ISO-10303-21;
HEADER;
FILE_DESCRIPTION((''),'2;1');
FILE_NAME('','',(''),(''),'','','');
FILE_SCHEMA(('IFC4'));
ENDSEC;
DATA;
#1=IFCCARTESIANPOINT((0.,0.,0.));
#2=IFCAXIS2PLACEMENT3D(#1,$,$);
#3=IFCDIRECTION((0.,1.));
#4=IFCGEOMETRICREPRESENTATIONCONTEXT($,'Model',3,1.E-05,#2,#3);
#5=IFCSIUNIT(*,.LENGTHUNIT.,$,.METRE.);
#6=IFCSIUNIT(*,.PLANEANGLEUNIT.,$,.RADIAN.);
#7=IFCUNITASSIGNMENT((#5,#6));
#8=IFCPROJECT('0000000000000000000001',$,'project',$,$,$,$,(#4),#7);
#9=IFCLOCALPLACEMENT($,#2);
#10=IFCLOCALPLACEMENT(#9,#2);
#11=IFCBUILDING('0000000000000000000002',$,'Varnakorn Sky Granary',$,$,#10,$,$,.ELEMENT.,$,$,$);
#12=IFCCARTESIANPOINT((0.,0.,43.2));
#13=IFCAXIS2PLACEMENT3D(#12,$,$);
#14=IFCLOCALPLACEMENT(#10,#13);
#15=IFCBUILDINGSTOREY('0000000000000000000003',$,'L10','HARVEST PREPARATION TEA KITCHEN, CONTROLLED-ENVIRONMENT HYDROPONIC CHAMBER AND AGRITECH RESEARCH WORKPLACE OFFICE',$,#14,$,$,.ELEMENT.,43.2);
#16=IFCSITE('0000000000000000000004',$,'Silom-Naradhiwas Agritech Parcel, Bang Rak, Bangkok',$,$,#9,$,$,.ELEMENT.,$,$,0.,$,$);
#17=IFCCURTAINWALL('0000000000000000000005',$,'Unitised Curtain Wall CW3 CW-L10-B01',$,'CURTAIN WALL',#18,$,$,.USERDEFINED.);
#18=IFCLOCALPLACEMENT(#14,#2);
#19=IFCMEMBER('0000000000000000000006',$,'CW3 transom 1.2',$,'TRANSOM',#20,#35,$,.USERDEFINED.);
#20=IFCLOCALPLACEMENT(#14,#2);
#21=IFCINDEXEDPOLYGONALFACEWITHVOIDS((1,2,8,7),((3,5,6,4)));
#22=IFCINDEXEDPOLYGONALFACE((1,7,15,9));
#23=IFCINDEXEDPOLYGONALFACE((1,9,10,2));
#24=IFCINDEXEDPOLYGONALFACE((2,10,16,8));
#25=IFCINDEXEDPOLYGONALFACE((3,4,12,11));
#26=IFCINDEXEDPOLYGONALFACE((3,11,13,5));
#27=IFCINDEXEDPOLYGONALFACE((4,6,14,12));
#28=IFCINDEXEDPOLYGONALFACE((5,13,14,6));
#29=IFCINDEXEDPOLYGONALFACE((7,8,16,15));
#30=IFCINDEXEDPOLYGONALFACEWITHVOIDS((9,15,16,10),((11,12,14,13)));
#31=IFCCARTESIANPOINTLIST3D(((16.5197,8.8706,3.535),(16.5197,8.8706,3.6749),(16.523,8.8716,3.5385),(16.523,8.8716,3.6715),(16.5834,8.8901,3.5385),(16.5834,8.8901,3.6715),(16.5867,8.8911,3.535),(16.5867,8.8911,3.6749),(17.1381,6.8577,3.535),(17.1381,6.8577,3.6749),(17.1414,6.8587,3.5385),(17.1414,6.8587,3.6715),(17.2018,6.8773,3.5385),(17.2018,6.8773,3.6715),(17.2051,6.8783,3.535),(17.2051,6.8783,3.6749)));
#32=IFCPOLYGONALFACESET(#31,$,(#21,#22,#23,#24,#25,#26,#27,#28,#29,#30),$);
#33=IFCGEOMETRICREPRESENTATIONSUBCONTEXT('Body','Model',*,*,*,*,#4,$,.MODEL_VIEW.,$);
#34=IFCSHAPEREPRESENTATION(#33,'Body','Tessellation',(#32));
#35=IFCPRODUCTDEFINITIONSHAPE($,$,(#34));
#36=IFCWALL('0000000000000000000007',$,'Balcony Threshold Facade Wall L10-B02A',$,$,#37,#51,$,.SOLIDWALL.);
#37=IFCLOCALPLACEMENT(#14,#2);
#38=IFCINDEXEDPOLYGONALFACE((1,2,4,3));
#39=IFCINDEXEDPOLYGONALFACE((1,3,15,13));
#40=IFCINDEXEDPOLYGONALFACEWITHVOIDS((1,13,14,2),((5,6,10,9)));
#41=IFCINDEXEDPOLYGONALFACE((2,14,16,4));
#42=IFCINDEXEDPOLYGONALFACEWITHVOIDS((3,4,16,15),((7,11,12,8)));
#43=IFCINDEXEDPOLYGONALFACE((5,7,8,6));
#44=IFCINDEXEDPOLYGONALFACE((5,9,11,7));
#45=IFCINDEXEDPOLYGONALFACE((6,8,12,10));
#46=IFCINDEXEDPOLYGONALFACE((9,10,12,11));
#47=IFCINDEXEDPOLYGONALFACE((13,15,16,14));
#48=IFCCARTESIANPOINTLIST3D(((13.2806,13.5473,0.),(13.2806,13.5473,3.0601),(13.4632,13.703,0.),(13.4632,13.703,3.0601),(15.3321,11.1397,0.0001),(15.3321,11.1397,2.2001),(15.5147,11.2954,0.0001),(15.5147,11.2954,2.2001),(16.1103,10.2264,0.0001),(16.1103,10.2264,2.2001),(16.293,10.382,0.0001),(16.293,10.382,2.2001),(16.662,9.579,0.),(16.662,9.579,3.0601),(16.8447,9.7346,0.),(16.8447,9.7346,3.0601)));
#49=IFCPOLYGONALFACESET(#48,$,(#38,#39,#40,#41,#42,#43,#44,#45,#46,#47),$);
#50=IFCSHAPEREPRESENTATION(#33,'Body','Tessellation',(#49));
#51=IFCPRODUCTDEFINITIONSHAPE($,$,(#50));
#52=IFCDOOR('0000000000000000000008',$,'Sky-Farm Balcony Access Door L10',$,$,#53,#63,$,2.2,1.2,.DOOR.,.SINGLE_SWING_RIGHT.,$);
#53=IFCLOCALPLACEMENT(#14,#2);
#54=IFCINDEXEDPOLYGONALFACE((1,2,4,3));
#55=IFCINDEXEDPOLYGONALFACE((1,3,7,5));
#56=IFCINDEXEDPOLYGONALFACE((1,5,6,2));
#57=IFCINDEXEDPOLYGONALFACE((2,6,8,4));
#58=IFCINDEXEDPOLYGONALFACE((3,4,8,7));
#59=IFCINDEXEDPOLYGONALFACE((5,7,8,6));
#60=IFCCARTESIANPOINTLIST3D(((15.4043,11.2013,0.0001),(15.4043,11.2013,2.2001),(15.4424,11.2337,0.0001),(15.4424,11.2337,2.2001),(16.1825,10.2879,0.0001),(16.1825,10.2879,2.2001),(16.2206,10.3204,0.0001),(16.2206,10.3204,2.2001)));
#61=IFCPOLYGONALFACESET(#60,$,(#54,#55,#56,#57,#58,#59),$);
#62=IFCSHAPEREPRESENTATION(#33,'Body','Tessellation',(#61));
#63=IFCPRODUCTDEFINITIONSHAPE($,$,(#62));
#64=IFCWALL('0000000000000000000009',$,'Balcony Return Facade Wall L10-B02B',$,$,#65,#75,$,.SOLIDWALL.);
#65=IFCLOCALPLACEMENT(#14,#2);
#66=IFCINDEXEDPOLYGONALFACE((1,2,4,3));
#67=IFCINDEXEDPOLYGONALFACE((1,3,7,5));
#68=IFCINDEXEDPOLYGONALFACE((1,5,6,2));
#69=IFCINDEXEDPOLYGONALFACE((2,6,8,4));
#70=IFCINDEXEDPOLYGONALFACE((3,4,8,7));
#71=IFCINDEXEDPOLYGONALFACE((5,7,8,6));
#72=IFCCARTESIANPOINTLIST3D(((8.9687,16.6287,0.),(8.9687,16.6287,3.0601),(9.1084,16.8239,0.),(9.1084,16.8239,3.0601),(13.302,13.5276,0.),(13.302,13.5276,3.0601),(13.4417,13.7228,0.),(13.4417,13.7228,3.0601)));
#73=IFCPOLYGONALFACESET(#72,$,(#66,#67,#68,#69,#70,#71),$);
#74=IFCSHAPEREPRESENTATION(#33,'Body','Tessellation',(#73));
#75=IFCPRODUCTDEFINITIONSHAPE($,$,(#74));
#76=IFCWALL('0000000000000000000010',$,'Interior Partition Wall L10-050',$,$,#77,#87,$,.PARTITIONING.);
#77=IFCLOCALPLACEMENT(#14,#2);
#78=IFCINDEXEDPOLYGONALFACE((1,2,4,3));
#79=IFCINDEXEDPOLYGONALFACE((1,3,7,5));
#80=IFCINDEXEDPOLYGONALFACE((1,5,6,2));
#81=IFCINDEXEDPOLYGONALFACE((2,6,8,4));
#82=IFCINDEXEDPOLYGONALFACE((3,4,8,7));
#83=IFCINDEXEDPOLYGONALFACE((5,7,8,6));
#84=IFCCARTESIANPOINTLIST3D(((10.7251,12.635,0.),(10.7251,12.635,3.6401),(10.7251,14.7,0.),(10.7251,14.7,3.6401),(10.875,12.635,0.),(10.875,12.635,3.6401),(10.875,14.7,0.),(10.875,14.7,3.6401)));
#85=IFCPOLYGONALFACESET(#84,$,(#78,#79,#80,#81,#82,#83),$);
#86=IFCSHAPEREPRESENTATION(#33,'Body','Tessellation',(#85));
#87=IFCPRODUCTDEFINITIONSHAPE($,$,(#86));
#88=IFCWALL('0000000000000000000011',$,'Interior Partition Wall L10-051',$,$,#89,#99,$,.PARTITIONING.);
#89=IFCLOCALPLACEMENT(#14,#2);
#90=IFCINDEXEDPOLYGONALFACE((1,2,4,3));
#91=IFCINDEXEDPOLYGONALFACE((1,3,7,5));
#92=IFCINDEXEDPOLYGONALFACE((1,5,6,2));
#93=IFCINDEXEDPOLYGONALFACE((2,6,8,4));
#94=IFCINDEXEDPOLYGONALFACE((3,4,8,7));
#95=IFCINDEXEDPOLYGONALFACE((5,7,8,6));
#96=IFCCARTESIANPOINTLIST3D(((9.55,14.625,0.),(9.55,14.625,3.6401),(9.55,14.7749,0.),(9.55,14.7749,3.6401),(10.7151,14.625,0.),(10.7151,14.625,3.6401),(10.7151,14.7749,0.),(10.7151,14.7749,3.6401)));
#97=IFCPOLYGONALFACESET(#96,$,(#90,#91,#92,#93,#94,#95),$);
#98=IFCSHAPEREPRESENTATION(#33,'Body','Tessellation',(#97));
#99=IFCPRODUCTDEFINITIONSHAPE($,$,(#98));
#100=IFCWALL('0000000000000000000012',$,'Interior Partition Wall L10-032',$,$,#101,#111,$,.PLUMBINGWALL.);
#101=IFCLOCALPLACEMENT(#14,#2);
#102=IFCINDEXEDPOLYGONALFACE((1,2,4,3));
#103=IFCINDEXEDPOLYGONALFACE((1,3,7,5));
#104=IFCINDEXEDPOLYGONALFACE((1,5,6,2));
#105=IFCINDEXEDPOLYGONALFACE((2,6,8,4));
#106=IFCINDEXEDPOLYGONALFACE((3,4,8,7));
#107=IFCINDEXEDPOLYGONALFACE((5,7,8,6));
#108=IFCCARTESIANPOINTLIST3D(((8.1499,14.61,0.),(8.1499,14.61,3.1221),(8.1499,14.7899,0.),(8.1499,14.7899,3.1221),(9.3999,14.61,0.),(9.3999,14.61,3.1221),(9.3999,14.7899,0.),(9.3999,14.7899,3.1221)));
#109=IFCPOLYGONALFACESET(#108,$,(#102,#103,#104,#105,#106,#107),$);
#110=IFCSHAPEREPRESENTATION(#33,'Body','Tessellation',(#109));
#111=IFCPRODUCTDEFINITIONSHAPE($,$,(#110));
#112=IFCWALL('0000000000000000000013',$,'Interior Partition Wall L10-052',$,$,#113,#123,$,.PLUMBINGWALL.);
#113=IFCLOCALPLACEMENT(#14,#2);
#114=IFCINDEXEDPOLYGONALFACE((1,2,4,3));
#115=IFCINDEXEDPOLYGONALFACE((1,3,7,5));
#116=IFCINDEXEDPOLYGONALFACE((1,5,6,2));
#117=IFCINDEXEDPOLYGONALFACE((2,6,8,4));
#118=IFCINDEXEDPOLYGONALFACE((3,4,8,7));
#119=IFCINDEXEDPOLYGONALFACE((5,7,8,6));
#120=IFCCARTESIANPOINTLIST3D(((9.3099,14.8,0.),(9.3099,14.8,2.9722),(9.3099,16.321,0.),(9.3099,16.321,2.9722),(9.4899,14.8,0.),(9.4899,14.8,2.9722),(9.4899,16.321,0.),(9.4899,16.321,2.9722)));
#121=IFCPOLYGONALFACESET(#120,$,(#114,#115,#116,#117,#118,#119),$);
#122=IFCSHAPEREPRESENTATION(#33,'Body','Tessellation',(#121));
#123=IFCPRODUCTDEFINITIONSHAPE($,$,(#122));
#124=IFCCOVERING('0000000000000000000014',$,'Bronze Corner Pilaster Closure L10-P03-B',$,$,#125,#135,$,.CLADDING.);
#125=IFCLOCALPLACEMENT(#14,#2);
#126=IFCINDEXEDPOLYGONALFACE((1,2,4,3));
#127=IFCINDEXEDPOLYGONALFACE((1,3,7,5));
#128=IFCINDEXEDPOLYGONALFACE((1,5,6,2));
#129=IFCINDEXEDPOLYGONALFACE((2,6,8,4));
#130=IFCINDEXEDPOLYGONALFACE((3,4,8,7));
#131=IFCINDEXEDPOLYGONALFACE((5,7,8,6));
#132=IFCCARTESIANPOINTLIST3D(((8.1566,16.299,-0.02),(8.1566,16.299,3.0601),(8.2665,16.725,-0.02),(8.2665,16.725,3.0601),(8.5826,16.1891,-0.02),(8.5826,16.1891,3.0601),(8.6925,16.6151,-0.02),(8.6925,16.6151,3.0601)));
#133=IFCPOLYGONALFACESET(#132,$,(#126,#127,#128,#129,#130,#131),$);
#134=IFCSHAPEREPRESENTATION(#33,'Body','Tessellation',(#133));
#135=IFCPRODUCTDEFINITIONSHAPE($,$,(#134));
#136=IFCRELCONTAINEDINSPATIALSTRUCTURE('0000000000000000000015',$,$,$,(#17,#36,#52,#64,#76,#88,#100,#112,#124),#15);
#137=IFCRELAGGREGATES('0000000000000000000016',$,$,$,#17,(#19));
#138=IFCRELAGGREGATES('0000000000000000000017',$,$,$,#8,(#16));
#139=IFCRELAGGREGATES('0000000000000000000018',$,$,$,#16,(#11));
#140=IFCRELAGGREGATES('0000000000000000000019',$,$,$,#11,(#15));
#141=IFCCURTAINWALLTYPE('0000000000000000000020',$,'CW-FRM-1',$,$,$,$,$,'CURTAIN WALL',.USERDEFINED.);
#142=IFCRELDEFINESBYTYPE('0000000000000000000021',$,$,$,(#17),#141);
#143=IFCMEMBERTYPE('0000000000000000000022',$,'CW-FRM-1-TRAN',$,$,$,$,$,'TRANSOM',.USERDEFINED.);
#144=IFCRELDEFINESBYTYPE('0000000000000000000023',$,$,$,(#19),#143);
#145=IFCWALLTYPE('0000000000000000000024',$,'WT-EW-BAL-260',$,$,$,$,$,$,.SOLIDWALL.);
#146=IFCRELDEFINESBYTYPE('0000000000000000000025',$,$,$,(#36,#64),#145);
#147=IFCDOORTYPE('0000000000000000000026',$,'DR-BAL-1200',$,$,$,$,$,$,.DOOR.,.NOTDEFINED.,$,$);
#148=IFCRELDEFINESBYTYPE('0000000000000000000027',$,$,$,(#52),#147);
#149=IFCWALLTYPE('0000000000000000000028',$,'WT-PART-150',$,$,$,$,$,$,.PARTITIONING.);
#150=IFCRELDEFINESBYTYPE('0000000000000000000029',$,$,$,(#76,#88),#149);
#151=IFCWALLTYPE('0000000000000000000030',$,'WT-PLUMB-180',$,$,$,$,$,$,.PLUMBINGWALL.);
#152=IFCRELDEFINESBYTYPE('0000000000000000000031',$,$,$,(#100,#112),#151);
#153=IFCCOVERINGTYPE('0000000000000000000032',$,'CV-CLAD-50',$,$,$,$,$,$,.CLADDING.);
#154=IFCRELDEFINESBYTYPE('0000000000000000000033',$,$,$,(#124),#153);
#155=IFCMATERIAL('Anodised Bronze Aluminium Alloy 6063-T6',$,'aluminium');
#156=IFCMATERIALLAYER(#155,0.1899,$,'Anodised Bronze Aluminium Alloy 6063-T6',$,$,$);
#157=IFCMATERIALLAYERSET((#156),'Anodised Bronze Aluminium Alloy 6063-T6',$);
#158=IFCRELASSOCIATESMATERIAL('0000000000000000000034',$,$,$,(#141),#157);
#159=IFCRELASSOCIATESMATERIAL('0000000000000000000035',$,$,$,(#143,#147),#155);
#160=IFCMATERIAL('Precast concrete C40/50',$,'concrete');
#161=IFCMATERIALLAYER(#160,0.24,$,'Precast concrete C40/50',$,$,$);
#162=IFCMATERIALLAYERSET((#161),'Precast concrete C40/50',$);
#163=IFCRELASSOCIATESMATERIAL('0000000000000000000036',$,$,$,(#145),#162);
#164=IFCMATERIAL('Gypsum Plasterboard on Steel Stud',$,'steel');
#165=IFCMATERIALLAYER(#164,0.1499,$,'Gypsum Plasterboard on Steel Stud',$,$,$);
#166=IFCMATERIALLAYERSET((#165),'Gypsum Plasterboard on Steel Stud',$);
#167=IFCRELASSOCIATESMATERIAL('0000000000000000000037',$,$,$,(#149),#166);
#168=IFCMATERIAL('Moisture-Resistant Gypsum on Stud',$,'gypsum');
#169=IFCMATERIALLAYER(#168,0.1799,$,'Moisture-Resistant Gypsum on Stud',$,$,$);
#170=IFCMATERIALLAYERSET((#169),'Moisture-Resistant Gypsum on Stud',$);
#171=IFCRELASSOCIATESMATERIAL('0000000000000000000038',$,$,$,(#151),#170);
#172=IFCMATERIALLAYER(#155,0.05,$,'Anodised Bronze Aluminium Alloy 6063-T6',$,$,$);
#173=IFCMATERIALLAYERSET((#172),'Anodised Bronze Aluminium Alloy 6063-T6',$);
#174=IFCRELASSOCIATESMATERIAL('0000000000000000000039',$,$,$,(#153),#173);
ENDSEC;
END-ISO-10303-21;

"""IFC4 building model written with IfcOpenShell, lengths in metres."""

from ifc_helpers import new_model, si_unit, direction, frame, frame_2d, origin, origin_2d, place, context, subcontext, project, spatial, rectangle, hollow_rectangle, extrude, source, transform, mapped, material, layer, layer_set, material_profile, profile_set, type_object, type_shapes, element, fill, aggregate, save


model = new_model("IFC4")

# Units and contexts
model_context = context("Model", 3, precision=1e-05, world=origin(), true_north=direction((0.0, 1.0)))
body_context = subcontext(model_context, "Body", "Model", "MODEL_VIEW")
ifc_project = project(units=[si_unit("LENGTHUNIT", "METRE"), si_unit("PLANEANGLEUNIT", "RADIAN")], contexts=[model_context])

# Site, building, storey
site_placement = place(None, origin())
site = spatial("IfcSite", under=ifc_project, at=site_placement, Name="Silom-Naradhiwas Agritech Parcel, Bang Rak, Bangkok", CompositionType="ELEMENT", RefElevation=0.0)
building_placement = place(site_placement, origin())
building = spatial("IfcBuilding", under=site, at=building_placement, Name="Varnakorn Sky Granary", CompositionType="ELEMENT")
storey_placement = place(building_placement, frame((0.0, 0.0, 43.2)))
storey = spatial("IfcBuildingStorey", under=building, at=storey_placement, Name="L10", Description="HARVEST PREPARATION TEA KITCHEN, CONTROLLED-ENVIRONMENT HYDROPONIC CHAMBER AND AGRITECH RESEARCH WORKPLACE OFFICE", CompositionType="ELEMENT", Elevation=43.2)

# Curtain wall, member
ifc_material_1 = material(Name="Anodised Bronze Aluminium Alloy 6063-T6", Category="aluminium")
ifc_layer_1 = layer(ifc_material_1, 0.1899, Name="Anodised Bronze Aluminium Alloy 6063-T6")
ifc_layer_set_1 = layer_set([ifc_layer_1], Name="Anodised Bronze Aluminium Alloy 6063-T6")
curtain_wall_type = type_object("IfcCurtainWallType", Name="CW-FRM-1", ElementType="CURTAIN WALL", PredefinedType="USERDEFINED", material=ifc_layer_set_1)
curtain_wall_placement = place(storey_placement, origin())
curtain_wall = element("IfcCurtainWall", 1, at=curtain_wall_placement, inside=storey, type_object=curtain_wall_type, Name="Unitised Curtain Wall CW3 CW-L10-B01", ObjectType="CURTAIN WALL", PredefinedType="USERDEFINED")
ifc_material_profile_1 = material_profile(ifc_material_1, hollow_rectangle(XDim=0.0701, YDim=0.1399, WallThickness=0.0034, at=origin_2d()), Name="ALU TRAN 70x140")
ifc_profile_set_1 = profile_set([ifc_material_profile_1], Name="Anodised Bronze Aluminium Alloy 6063-T6")
member_type_1 = type_object("IfcMemberType", Name="CW-FRM-1-TRAN", ElementType="TRANSOM", PredefinedType="USERDEFINED", material=ifc_profile_set_1)
member_1_placement = place(storey_placement, frame((16.5532, 8.8809, 3.605), z_axis=(0.29367, -0.955907, 0.0), x_axis=(0.955907, 0.29367, 0.0)))
member_1 = element("IfcMember", 2, at=member_1_placement, type_object=member_type_1, Name="CW3 transom 1.2", ObjectType="TRANSOM", PredefinedType="USERDEFINED", context=body_context, shape_type="SweptSolid", body=[
    extrude(hollow_rectangle(XDim=0.0701, YDim=0.1399, WallThickness=0.0034, at=origin_2d()), origin(), (0.0, 0.0, 1.0), 2.1057),
])
aggregate(curtain_wall, [member_1])

# Wall, opening, door
ifc_material_2 = material(Name="Precast concrete C40/50", Category="concrete")
ifc_layer_2 = layer(ifc_material_2, 0.24, Name="Precast concrete C40/50")
ifc_layer_set_2 = layer_set([ifc_layer_2], Name="Precast concrete C40/50")
wall_type_1 = type_object("IfcWallType", Name="WT-EW-BAL-260", PredefinedType="SOLIDWALL", material=ifc_layer_set_2)
wall_1_placement = place(storey_placement, frame((13.3718, 13.6252, 0.0), z_axis=(0.0, 0.0, 1.0), x_axis=(0.648575, -0.761151, 0.0)))
wall_1 = element("IfcWall", 3, at=wall_1_placement, inside=storey, type_object=wall_type_1, Name="Balcony Threshold Facade Wall L10-B02A", PredefinedType="SOLIDWALL", context=body_context, shape_type="SweptSolid", body=[
    extrude(rectangle(XDim=5.2136, YDim=0.24, at=frame_2d((2.6069, 0.0))), origin(), (0.0, 0.0, 1.0), 3.0601),
])
opening_placement = place(wall_1_placement, frame((3.1631, 0.0, 0.0)))
opening = element("IfcOpeningElement", 4, at=opening_placement, cuts=wall_1, PredefinedType="OPENING", context=body_context, shape_type="SweptSolid", body=[
    extrude(rectangle(XDim=1.2, YDim=2.2, at=frame_2d((0.6001, 1.1001))), frame((0.0, 0.1299, 0.0), z_axis=(0.0, -1.0, 0.0), x_axis=(1.0, 0.0, 0.0)), (0.0, 0.0, 1.0), 0.26),
])
door_type = type_object("IfcDoorType", Name="DR-BAL-1200", OperationType="NOTDEFINED", PredefinedType="DOOR", material=ifc_material_1)
door_placement = place(opening_placement, origin())
door = element("IfcDoor", 5, at=door_placement, inside=storey, type_object=door_type, Name="Sky-Farm Balcony Access Door L10", OperationType="SINGLE_SWING_RIGHT", OverallHeight=2.2, OverallWidth=1.2, PredefinedType="DOOR", context=body_context, shape_type="SweptSolid", body=[
    extrude(rectangle(XDim=1.2, YDim=2.2, at=frame_2d((0.6001, 1.1001))), frame((0.0, 0.0249, 0.0), z_axis=(0.0, -1.0, 0.0), x_axis=(1.0, 0.0, 0.0)), (0.0, 0.0, 1.0), 0.05),
])
fill(opening, door)

# Walls
wall_2_placement = place(storey_placement, frame((9.0386, 16.7263, 0.0), z_axis=(0.0, 0.0, 1.0), x_axis=(0.81321, -0.58197, 0.0)))
element("IfcWall", 6, at=wall_2_placement, inside=storey, type_object=wall_type_1, Name="Balcony Return Facade Wall L10-B02B", PredefinedType="SOLIDWALL", context=body_context, shape_type="SweptSolid", body=[
    extrude(rectangle(XDim=5.3286, YDim=0.24, at=frame_2d((2.6643, 0.0))), origin(), (0.0, 0.0, 1.0), 3.0601),
])
ifc_material_3 = material(Name="Gypsum Plasterboard on Steel Stud", Category="steel")
ifc_layer_3 = layer(ifc_material_3, 0.1499, Name="Gypsum Plasterboard on Steel Stud")
ifc_layer_set_3 = layer_set([ifc_layer_3], Name="Gypsum Plasterboard on Steel Stud")
wall_type_2 = type_object("IfcWallType", Name="WT-PART-150", PredefinedType="PARTITIONING", material=ifc_layer_set_3)
wall_3_placement = place(storey_placement, frame((10.8, 12.635, 0.0), z_axis=(0.0, 0.0, 1.0), x_axis=(0.0, 1.0, 0.0)))
element("IfcWall", 7, at=wall_3_placement, inside=storey, type_object=wall_type_2, Name="Interior Partition Wall L10-050", PredefinedType="PARTITIONING", context=body_context, shape_type="SweptSolid", body=[
    extrude(rectangle(XDim=2.0649, YDim=0.1499, at=frame_2d((1.0325, 0.0))), origin(), (0.0, 0.0, 1.0), 3.6401),
])
wall_4_placement = place(storey_placement, frame((10.7151, 14.7, 0.0), z_axis=(0.0, 0.0, 1.0), x_axis=(-1.0, 0.0, 0.0)))
element("IfcWall", 8, at=wall_4_placement, inside=storey, type_object=wall_type_2, Name="Interior Partition Wall L10-051", PredefinedType="PARTITIONING", context=body_context, shape_type="SweptSolid", body=[
    extrude(rectangle(XDim=1.165, YDim=0.1499, at=frame_2d((0.5825, 0.0))), origin(), (0.0, 0.0, 1.0), 3.6401),
])
ifc_material_4 = material(Name="Moisture-Resistant Gypsum on Stud", Category="gypsum")
ifc_layer_4 = layer(ifc_material_4, 0.1799, Name="Moisture-Resistant Gypsum on Stud")
ifc_layer_set_4 = layer_set([ifc_layer_4], Name="Moisture-Resistant Gypsum on Stud")
wall_type_3 = type_object("IfcWallType", Name="WT-PLUMB-180", PredefinedType="PLUMBINGWALL", material=ifc_layer_set_4)
wall_5_placement = place(storey_placement, frame((9.3999, 14.7, 0.0), z_axis=(0.0, 0.0, 1.0), x_axis=(-1.0, 0.0, 0.0)))
element("IfcWall", 9, at=wall_5_placement, inside=storey, type_object=wall_type_3, Name="Interior Partition Wall L10-032", PredefinedType="PLUMBINGWALL", context=body_context, shape_type="SweptSolid", body=[
    extrude(rectangle(XDim=1.25, YDim=0.1799, at=frame_2d((0.625, 0.0))), origin(), (0.0, 0.0, 1.0), 3.1221),
])
wall_6_placement = place(storey_placement, frame((9.3999, 14.8, 0.0), z_axis=(0.0, 0.0, 1.0), x_axis=(0.0, 1.0, 0.0)))
element("IfcWall", 10, at=wall_6_placement, inside=storey, type_object=wall_type_3, Name="Interior Partition Wall L10-052", PredefinedType="PLUMBINGWALL", context=body_context, shape_type="SweptSolid", body=[
    extrude(rectangle(XDim=1.521, YDim=0.1799, at=frame_2d((0.7605, 0.0))), origin(), (0.0, 0.0, 1.0), 2.9722),
])

# Covering
ifc_layer_5 = layer(ifc_material_1, 0.05, Name="Anodised Bronze Aluminium Alloy 6063-T6")
ifc_layer_set_5 = layer_set([ifc_layer_5], Name="Anodised Bronze Aluminium Alloy 6063-T6")
covering_type = type_object("IfcCoveringType", Name="CV-CLAD-50", PredefinedType="CLADDING", material=ifc_layer_set_5)
shared_shape = source(origin(), body_context, "Body", "SweptSolid", [
    extrude(rectangle(XDim=0.4399, YDim=0.4399, at=origin_2d()), origin(), (0.0, 0.0, 1.0), 3.0801),
])
type_shapes(covering_type, [shared_shape])
covering_placement = place(storey_placement, frame((8.4246, 16.457, -0.02), z_axis=(0.0, 0.0, 1.0), x_axis=(0.968279, -0.249873, 0.0)))
element("IfcCovering", 11, at=covering_placement, inside=storey, type_object=covering_type, Name="Bronze Corner Pilaster Closure L10-P03-B", PredefinedType="CLADDING", context=body_context, shape_type="MappedRepresentation", body=[
    mapped(shared_shape, transform((0.0, 0.0, 0.0), x_axis=(1.0, 0.0, 0.0), y_axis=(0.0, 1.0, 0.0), z_axis=(0.0, 0.0, 1.0), scale=1.0)),
])

save(model, "model.ifc")
